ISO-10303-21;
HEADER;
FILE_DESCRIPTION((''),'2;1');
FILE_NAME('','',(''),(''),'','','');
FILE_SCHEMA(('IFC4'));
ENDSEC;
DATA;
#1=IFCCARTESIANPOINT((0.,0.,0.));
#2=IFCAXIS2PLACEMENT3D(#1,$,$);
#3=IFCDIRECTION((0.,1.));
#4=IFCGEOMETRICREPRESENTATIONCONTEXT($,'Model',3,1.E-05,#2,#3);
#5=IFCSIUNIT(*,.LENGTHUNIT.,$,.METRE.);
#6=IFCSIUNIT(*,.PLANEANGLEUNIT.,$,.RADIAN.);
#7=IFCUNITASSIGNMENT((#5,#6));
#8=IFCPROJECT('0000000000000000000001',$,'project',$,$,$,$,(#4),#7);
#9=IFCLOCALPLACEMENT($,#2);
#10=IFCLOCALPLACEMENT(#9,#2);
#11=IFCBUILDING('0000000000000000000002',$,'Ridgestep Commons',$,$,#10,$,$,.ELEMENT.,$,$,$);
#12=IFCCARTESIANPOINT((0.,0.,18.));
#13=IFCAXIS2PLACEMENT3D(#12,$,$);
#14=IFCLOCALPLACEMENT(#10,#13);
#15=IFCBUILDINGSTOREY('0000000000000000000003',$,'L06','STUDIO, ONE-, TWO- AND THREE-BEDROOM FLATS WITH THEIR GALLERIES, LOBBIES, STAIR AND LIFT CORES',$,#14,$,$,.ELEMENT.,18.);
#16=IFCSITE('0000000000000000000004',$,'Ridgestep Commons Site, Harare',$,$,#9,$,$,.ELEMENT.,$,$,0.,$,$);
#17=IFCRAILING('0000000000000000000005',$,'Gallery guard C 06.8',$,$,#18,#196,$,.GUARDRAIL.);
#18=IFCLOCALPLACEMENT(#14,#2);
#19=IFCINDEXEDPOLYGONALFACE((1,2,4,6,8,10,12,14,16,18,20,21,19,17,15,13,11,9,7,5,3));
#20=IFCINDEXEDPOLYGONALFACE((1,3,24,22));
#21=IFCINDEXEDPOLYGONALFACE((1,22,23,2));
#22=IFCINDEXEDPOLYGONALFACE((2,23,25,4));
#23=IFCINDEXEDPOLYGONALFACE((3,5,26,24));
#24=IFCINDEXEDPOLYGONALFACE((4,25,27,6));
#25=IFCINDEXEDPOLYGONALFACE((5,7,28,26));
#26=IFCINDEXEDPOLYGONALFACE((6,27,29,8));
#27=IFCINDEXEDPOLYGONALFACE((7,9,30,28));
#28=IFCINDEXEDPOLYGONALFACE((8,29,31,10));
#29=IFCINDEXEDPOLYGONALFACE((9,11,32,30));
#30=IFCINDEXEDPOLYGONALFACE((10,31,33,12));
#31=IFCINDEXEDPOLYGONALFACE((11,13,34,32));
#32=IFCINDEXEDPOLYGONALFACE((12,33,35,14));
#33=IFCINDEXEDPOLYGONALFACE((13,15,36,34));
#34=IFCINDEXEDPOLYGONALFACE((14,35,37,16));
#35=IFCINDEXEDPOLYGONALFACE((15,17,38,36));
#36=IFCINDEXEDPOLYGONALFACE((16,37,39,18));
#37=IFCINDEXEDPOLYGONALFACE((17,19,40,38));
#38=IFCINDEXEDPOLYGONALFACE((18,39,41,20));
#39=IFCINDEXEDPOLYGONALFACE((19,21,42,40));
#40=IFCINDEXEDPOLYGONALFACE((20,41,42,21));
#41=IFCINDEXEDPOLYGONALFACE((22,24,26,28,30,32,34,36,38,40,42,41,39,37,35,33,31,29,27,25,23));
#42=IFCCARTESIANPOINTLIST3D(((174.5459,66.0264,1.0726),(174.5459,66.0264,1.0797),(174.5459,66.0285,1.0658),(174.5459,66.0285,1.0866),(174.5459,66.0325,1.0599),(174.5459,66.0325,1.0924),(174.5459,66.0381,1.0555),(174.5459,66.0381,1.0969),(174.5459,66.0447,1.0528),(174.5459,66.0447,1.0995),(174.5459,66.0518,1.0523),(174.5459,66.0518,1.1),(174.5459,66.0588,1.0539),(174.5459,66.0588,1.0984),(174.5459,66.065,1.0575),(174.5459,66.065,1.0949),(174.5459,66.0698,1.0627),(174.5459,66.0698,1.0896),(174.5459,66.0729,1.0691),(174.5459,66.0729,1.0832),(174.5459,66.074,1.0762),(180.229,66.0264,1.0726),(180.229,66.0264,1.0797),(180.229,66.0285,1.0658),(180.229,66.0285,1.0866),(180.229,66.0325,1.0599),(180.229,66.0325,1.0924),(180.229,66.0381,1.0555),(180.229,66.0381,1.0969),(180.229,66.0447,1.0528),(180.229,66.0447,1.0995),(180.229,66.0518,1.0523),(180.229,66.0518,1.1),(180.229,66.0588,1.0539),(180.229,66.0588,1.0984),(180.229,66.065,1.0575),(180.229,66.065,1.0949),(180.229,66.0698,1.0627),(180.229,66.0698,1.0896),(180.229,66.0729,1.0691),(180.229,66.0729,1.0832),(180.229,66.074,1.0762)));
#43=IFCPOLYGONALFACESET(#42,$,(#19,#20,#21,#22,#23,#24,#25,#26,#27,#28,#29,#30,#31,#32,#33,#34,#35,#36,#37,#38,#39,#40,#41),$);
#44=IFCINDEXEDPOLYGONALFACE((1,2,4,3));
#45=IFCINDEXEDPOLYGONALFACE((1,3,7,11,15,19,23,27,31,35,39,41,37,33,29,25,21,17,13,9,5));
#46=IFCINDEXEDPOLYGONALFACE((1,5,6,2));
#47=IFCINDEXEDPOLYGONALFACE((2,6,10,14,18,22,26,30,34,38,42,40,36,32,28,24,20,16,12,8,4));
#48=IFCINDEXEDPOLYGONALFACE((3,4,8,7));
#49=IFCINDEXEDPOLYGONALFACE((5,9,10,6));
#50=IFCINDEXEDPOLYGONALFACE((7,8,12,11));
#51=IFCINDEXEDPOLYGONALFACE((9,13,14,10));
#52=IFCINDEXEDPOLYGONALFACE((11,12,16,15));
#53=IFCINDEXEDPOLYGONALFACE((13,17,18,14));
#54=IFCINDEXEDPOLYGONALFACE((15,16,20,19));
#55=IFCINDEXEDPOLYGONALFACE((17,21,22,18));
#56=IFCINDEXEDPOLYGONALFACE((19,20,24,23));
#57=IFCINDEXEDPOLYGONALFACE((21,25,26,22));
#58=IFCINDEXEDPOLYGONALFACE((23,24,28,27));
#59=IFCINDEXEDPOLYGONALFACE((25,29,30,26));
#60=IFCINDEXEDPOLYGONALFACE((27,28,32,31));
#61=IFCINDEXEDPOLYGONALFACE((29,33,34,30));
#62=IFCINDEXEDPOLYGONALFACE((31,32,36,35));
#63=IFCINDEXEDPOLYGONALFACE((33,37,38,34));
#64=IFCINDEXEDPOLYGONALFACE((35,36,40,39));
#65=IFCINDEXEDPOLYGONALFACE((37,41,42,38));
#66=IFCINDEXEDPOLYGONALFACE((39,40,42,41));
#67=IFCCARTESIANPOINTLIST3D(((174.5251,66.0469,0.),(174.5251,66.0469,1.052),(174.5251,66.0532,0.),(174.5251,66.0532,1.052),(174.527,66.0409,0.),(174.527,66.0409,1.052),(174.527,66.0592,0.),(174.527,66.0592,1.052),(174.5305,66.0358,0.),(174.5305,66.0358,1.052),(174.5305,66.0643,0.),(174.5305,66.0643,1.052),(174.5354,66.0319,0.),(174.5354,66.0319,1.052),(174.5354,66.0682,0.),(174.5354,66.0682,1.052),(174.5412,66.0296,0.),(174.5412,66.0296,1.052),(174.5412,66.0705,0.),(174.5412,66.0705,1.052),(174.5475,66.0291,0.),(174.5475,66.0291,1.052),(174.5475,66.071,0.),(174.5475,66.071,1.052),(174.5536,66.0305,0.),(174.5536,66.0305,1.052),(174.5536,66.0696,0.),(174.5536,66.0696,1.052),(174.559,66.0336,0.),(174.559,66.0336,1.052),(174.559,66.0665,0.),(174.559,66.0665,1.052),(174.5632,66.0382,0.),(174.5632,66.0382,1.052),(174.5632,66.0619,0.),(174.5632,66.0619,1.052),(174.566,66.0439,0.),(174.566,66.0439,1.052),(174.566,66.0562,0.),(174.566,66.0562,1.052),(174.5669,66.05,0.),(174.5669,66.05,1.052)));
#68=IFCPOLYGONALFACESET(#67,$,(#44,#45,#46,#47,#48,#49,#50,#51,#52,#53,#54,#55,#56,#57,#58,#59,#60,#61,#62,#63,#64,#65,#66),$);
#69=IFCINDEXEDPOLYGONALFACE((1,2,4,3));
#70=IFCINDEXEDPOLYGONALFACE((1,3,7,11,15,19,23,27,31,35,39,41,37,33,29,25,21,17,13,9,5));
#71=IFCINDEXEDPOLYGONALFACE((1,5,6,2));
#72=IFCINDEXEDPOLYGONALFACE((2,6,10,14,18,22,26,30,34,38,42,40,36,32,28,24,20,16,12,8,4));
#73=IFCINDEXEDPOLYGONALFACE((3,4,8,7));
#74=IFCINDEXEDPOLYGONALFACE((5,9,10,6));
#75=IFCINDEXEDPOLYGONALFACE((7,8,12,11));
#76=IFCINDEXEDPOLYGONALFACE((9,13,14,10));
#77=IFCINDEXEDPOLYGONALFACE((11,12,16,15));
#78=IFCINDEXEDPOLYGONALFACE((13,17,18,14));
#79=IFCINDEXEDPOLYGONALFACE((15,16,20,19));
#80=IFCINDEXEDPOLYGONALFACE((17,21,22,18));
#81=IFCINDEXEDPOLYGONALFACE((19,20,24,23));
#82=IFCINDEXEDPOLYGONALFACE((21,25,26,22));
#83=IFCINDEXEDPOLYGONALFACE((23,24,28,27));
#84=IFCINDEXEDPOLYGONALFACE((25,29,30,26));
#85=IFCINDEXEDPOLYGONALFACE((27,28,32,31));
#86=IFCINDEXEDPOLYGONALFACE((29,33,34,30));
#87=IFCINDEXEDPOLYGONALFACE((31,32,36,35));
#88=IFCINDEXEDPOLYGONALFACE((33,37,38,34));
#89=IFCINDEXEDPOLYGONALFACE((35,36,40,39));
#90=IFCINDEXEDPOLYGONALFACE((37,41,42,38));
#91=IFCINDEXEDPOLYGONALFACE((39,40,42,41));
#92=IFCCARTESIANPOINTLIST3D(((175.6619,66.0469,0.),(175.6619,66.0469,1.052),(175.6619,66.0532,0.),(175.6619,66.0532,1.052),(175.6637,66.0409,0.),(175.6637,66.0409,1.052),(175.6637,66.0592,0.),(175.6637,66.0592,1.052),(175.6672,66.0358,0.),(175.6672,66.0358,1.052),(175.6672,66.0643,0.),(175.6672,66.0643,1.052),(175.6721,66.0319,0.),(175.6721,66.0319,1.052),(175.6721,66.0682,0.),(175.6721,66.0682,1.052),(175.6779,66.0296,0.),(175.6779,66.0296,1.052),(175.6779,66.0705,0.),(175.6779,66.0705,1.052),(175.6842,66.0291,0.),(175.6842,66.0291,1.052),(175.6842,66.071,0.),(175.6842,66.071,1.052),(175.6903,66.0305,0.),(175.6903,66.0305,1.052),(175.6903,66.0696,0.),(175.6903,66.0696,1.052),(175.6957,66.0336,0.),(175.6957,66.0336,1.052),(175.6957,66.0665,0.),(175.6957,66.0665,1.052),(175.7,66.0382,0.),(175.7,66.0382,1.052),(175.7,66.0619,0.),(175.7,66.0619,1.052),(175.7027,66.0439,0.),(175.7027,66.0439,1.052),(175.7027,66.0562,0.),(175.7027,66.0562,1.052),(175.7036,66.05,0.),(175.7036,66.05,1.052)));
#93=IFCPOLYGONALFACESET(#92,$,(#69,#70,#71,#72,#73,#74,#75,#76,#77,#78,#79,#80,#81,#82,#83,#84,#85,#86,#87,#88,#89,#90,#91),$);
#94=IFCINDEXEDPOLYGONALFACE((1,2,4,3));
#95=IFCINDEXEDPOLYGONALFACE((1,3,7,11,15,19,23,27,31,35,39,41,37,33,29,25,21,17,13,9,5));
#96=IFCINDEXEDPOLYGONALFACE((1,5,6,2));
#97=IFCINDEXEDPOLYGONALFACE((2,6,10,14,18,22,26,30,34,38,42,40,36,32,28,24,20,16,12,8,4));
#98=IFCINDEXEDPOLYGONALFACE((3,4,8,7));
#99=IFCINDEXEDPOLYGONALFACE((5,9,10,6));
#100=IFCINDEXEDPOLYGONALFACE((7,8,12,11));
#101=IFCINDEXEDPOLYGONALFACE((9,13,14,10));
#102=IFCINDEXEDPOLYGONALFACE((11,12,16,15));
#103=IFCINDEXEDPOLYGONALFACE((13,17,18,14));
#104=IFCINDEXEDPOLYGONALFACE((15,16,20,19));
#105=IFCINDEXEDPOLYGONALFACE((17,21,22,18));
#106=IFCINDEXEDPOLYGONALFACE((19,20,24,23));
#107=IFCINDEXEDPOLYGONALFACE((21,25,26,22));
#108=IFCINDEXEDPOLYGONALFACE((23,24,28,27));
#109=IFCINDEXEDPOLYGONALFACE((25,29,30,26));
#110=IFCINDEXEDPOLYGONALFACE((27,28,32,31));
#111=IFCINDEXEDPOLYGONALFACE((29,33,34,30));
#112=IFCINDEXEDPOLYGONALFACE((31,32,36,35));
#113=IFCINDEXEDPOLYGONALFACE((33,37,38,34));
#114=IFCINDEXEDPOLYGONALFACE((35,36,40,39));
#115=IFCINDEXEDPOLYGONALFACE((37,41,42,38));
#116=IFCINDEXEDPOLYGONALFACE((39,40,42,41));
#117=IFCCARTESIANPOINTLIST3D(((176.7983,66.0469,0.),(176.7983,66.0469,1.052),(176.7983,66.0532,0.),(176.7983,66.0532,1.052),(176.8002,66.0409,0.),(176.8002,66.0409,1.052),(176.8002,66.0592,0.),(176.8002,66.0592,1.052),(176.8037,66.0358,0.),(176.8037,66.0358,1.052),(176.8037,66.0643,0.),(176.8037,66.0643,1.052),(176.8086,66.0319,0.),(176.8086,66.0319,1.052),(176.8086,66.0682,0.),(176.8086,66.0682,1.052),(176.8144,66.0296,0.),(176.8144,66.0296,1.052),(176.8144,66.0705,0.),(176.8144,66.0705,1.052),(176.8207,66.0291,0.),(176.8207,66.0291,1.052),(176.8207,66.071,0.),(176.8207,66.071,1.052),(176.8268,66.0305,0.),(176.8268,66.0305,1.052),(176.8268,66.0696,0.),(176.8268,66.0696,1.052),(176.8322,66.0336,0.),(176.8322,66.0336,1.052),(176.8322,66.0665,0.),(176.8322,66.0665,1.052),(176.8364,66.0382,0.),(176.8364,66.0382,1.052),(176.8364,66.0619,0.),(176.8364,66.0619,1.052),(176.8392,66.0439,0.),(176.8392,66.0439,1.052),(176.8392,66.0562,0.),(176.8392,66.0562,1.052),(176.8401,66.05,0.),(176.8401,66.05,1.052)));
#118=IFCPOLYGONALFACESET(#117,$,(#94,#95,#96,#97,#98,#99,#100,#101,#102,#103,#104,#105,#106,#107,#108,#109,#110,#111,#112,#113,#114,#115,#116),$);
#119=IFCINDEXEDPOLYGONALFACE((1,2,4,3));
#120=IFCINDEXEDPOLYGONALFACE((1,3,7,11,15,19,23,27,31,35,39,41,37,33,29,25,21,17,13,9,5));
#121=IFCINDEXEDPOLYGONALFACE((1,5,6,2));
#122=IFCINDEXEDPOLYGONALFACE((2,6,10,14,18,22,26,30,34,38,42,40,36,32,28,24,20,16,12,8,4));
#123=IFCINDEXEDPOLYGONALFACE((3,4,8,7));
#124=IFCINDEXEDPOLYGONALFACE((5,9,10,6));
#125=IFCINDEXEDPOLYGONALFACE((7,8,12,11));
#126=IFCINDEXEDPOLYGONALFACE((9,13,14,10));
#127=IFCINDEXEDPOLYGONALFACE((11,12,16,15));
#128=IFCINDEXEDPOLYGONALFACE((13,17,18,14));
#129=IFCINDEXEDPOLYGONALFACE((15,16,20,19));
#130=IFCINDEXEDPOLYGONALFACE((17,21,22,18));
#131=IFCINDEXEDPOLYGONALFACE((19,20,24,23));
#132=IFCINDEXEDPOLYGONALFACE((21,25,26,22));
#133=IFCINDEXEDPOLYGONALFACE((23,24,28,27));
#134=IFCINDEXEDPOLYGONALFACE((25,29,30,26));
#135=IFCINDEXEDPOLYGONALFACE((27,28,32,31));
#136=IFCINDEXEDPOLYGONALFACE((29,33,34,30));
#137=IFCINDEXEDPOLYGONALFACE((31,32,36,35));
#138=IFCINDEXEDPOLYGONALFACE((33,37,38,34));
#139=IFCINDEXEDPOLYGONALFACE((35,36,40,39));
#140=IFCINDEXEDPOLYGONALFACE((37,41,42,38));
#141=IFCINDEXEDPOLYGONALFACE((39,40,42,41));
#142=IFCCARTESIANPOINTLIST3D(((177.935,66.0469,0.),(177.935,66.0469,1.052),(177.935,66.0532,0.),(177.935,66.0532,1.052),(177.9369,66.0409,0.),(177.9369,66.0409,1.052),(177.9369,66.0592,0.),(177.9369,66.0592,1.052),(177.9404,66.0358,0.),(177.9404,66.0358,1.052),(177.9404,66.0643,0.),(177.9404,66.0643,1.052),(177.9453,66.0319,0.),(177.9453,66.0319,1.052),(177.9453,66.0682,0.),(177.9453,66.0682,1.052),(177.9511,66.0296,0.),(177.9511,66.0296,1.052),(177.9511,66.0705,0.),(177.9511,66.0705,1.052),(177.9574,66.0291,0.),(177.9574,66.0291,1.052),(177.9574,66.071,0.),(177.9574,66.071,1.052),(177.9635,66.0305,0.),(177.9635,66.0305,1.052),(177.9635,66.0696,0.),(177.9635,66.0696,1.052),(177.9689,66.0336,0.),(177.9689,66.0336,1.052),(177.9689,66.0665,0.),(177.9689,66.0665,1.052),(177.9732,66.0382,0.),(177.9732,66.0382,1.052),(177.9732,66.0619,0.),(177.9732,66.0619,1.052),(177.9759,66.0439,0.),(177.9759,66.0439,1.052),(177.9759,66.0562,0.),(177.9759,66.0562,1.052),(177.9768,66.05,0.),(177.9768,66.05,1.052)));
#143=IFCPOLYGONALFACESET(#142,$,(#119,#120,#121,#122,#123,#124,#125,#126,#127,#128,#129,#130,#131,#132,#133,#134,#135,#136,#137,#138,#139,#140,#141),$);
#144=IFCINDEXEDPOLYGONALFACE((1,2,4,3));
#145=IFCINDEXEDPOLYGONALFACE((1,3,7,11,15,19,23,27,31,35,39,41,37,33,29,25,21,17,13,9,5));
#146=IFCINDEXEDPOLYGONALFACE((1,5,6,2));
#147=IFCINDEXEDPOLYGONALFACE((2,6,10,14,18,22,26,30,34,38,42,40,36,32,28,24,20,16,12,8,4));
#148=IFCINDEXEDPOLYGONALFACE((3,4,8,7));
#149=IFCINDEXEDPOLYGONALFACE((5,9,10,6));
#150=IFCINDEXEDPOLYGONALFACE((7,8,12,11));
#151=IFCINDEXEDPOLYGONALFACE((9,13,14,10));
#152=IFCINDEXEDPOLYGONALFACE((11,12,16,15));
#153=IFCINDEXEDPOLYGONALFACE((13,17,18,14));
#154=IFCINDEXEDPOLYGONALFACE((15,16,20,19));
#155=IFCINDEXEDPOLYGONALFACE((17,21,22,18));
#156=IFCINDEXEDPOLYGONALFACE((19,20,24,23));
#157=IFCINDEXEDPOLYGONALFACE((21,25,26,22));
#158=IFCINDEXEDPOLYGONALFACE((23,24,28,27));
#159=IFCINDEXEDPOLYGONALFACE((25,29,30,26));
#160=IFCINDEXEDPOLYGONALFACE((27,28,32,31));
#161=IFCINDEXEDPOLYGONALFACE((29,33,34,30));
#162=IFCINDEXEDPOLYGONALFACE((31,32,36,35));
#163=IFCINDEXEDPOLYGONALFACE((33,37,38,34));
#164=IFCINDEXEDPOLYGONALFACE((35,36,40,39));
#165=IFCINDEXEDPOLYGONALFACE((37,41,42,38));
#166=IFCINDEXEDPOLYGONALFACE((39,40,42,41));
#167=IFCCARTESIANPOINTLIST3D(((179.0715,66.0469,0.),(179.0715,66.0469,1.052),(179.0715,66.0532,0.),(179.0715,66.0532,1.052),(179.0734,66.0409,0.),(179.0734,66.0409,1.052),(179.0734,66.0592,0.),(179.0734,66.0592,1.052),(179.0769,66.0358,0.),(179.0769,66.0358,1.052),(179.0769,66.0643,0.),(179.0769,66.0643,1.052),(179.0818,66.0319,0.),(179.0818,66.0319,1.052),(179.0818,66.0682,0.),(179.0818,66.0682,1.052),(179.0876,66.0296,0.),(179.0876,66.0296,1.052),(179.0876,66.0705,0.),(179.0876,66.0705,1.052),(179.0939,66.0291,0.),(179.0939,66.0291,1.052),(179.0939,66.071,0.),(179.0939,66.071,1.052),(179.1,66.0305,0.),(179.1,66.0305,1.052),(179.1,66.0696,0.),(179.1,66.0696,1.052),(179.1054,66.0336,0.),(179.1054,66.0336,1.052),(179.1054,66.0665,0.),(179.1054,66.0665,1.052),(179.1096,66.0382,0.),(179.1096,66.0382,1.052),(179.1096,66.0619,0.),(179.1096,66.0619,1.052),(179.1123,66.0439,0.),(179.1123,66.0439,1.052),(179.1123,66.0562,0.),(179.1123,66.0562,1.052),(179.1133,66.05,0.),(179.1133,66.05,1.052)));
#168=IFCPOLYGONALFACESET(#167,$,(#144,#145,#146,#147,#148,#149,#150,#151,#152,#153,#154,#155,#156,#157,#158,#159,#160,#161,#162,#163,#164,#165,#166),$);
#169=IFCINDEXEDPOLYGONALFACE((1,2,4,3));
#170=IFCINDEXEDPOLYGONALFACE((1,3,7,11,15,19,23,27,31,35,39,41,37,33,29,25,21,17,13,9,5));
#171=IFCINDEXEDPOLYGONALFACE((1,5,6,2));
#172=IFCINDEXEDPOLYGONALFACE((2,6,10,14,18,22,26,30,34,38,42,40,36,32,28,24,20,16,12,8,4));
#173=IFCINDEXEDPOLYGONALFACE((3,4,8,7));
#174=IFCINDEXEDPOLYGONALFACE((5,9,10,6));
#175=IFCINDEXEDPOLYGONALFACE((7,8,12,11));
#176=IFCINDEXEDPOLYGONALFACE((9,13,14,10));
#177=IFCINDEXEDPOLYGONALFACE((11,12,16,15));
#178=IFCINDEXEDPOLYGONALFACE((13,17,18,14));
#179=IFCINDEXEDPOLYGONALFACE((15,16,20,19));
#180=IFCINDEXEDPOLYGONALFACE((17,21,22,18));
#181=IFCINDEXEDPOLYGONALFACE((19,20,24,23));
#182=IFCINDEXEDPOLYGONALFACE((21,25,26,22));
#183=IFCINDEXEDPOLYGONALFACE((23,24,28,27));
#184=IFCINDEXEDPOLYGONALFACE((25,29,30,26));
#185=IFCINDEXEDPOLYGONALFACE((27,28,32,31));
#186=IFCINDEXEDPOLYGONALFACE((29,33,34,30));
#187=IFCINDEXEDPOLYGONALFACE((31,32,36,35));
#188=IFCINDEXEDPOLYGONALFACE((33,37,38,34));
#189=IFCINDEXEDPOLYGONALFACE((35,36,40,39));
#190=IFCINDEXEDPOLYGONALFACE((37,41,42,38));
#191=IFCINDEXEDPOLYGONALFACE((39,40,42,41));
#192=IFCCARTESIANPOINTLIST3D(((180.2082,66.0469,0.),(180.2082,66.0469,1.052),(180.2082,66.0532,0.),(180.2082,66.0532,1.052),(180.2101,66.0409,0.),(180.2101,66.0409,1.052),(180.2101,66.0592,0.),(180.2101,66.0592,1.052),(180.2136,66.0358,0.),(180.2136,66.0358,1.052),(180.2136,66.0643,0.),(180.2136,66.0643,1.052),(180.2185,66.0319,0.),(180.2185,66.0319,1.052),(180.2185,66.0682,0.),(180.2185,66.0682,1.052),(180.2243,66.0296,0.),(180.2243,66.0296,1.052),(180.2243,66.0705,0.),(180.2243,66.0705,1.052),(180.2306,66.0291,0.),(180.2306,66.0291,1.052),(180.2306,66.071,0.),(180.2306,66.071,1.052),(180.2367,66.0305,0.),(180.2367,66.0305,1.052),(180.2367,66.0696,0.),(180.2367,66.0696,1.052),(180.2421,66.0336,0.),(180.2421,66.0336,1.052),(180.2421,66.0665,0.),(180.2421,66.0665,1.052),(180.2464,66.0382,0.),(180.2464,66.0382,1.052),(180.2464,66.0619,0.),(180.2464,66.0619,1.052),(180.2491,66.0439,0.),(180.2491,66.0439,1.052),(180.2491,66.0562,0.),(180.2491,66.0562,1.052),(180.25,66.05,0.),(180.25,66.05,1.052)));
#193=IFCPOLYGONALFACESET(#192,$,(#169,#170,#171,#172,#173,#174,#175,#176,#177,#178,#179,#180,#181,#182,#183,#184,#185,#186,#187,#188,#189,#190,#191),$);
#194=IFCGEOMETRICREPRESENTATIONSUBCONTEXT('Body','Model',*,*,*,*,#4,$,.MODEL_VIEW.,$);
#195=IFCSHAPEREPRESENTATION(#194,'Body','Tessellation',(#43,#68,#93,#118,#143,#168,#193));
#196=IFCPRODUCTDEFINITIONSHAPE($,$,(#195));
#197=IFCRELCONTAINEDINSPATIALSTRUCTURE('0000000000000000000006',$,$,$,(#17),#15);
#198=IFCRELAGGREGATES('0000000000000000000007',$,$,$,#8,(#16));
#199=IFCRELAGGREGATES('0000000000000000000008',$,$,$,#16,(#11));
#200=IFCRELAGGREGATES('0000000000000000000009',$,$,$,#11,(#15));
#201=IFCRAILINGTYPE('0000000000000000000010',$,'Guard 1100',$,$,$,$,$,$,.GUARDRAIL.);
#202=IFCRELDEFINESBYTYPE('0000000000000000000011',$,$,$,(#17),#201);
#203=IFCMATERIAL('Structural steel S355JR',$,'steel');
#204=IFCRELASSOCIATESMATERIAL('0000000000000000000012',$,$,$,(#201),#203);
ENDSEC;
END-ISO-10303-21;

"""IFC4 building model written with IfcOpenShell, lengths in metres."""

from ifc_helpers import new_model, si_unit, direction, frame, origin, origin_2d, place, context, subcontext, project, spatial, circle, extrude, material, type_object, element, save


model = new_model("IFC4")

# Units and contexts
model_context = context("Model", 3, precision=1e-05, world=origin(), true_north=direction((0.0, 1.0)))
body_context = subcontext(model_context, "Body", "Model", "MODEL_VIEW")
ifc_project = project(units=[si_unit("LENGTHUNIT", "METRE"), si_unit("PLANEANGLEUNIT", "RADIAN")], contexts=[model_context])

# Site, building, storey
site_placement = place(None, origin())
site = spatial("IfcSite", under=ifc_project, at=site_placement, Name="Ridgestep Commons Site, Harare", CompositionType="ELEMENT", RefElevation=0.0)
building_placement = place(site_placement, origin())
building = spatial("IfcBuilding", under=site, at=building_placement, Name="Ridgestep Commons", CompositionType="ELEMENT")
storey_placement = place(building_placement, frame((0.0, 0.0, 18.0)))
storey = spatial("IfcBuildingStorey", under=building, at=storey_placement, Name="L06", Description="STUDIO, ONE-, TWO- AND THREE-BEDROOM FLATS WITH THEIR GALLERIES, LOBBIES, STAIR AND LIFT CORES", CompositionType="ELEMENT", Elevation=18.0)

# Railing
ifc_material_1 = material(Name="Structural steel S355JR", Category="steel")
railing_type_1 = type_object("IfcRailingType", Name="Guard 1100", PredefinedType="GUARDRAIL", material=ifc_material_1)
railing_1_placement = place(storey_placement, frame((174.5459, 66.05, 0.0)))
element("IfcRailing", 1, at=railing_1_placement, inside=storey, type_object=railing_type_1, Name="Gallery guard C 06.8", PredefinedType="GUARDRAIL", context=body_context, shape_type="SweptSolid", body=[
    extrude(circle(Radius=0.0239, at=origin_2d()), frame((0.0, 0.0, 1.0762), z_axis=(1.0, 0.0, 0.0), x_axis=(0.0, 1.0, 0.0)), (0.0, 0.0, 1.0), 5.6831),
    extrude(circle(Radius=0.021, at=origin_2d()), origin(), (0.0, 0.0, 1.0), 1.052),
    extrude(circle(Radius=0.021, at=origin_2d()), frame((1.1367, 0.0, 0.0)), (0.0, 0.0, 1.0), 1.052),
    extrude(circle(Radius=0.021, at=origin_2d()), frame((2.2732, 0.0, 0.0)), (0.0, 0.0, 1.0), 1.052),
    extrude(circle(Radius=0.021, at=origin_2d()), frame((3.4099, 0.0, 0.0)), (0.0, 0.0, 1.0), 1.052),
    extrude(circle(Radius=0.021, at=origin_2d()), frame((4.5464, 0.0, 0.0)), (0.0, 0.0, 1.0), 1.052),
    extrude(circle(Radius=0.021, at=origin_2d()), frame((5.6831, 0.0, 0.0)), (0.0, 0.0, 1.0), 1.052),
])

save(model, "model.ifc")
